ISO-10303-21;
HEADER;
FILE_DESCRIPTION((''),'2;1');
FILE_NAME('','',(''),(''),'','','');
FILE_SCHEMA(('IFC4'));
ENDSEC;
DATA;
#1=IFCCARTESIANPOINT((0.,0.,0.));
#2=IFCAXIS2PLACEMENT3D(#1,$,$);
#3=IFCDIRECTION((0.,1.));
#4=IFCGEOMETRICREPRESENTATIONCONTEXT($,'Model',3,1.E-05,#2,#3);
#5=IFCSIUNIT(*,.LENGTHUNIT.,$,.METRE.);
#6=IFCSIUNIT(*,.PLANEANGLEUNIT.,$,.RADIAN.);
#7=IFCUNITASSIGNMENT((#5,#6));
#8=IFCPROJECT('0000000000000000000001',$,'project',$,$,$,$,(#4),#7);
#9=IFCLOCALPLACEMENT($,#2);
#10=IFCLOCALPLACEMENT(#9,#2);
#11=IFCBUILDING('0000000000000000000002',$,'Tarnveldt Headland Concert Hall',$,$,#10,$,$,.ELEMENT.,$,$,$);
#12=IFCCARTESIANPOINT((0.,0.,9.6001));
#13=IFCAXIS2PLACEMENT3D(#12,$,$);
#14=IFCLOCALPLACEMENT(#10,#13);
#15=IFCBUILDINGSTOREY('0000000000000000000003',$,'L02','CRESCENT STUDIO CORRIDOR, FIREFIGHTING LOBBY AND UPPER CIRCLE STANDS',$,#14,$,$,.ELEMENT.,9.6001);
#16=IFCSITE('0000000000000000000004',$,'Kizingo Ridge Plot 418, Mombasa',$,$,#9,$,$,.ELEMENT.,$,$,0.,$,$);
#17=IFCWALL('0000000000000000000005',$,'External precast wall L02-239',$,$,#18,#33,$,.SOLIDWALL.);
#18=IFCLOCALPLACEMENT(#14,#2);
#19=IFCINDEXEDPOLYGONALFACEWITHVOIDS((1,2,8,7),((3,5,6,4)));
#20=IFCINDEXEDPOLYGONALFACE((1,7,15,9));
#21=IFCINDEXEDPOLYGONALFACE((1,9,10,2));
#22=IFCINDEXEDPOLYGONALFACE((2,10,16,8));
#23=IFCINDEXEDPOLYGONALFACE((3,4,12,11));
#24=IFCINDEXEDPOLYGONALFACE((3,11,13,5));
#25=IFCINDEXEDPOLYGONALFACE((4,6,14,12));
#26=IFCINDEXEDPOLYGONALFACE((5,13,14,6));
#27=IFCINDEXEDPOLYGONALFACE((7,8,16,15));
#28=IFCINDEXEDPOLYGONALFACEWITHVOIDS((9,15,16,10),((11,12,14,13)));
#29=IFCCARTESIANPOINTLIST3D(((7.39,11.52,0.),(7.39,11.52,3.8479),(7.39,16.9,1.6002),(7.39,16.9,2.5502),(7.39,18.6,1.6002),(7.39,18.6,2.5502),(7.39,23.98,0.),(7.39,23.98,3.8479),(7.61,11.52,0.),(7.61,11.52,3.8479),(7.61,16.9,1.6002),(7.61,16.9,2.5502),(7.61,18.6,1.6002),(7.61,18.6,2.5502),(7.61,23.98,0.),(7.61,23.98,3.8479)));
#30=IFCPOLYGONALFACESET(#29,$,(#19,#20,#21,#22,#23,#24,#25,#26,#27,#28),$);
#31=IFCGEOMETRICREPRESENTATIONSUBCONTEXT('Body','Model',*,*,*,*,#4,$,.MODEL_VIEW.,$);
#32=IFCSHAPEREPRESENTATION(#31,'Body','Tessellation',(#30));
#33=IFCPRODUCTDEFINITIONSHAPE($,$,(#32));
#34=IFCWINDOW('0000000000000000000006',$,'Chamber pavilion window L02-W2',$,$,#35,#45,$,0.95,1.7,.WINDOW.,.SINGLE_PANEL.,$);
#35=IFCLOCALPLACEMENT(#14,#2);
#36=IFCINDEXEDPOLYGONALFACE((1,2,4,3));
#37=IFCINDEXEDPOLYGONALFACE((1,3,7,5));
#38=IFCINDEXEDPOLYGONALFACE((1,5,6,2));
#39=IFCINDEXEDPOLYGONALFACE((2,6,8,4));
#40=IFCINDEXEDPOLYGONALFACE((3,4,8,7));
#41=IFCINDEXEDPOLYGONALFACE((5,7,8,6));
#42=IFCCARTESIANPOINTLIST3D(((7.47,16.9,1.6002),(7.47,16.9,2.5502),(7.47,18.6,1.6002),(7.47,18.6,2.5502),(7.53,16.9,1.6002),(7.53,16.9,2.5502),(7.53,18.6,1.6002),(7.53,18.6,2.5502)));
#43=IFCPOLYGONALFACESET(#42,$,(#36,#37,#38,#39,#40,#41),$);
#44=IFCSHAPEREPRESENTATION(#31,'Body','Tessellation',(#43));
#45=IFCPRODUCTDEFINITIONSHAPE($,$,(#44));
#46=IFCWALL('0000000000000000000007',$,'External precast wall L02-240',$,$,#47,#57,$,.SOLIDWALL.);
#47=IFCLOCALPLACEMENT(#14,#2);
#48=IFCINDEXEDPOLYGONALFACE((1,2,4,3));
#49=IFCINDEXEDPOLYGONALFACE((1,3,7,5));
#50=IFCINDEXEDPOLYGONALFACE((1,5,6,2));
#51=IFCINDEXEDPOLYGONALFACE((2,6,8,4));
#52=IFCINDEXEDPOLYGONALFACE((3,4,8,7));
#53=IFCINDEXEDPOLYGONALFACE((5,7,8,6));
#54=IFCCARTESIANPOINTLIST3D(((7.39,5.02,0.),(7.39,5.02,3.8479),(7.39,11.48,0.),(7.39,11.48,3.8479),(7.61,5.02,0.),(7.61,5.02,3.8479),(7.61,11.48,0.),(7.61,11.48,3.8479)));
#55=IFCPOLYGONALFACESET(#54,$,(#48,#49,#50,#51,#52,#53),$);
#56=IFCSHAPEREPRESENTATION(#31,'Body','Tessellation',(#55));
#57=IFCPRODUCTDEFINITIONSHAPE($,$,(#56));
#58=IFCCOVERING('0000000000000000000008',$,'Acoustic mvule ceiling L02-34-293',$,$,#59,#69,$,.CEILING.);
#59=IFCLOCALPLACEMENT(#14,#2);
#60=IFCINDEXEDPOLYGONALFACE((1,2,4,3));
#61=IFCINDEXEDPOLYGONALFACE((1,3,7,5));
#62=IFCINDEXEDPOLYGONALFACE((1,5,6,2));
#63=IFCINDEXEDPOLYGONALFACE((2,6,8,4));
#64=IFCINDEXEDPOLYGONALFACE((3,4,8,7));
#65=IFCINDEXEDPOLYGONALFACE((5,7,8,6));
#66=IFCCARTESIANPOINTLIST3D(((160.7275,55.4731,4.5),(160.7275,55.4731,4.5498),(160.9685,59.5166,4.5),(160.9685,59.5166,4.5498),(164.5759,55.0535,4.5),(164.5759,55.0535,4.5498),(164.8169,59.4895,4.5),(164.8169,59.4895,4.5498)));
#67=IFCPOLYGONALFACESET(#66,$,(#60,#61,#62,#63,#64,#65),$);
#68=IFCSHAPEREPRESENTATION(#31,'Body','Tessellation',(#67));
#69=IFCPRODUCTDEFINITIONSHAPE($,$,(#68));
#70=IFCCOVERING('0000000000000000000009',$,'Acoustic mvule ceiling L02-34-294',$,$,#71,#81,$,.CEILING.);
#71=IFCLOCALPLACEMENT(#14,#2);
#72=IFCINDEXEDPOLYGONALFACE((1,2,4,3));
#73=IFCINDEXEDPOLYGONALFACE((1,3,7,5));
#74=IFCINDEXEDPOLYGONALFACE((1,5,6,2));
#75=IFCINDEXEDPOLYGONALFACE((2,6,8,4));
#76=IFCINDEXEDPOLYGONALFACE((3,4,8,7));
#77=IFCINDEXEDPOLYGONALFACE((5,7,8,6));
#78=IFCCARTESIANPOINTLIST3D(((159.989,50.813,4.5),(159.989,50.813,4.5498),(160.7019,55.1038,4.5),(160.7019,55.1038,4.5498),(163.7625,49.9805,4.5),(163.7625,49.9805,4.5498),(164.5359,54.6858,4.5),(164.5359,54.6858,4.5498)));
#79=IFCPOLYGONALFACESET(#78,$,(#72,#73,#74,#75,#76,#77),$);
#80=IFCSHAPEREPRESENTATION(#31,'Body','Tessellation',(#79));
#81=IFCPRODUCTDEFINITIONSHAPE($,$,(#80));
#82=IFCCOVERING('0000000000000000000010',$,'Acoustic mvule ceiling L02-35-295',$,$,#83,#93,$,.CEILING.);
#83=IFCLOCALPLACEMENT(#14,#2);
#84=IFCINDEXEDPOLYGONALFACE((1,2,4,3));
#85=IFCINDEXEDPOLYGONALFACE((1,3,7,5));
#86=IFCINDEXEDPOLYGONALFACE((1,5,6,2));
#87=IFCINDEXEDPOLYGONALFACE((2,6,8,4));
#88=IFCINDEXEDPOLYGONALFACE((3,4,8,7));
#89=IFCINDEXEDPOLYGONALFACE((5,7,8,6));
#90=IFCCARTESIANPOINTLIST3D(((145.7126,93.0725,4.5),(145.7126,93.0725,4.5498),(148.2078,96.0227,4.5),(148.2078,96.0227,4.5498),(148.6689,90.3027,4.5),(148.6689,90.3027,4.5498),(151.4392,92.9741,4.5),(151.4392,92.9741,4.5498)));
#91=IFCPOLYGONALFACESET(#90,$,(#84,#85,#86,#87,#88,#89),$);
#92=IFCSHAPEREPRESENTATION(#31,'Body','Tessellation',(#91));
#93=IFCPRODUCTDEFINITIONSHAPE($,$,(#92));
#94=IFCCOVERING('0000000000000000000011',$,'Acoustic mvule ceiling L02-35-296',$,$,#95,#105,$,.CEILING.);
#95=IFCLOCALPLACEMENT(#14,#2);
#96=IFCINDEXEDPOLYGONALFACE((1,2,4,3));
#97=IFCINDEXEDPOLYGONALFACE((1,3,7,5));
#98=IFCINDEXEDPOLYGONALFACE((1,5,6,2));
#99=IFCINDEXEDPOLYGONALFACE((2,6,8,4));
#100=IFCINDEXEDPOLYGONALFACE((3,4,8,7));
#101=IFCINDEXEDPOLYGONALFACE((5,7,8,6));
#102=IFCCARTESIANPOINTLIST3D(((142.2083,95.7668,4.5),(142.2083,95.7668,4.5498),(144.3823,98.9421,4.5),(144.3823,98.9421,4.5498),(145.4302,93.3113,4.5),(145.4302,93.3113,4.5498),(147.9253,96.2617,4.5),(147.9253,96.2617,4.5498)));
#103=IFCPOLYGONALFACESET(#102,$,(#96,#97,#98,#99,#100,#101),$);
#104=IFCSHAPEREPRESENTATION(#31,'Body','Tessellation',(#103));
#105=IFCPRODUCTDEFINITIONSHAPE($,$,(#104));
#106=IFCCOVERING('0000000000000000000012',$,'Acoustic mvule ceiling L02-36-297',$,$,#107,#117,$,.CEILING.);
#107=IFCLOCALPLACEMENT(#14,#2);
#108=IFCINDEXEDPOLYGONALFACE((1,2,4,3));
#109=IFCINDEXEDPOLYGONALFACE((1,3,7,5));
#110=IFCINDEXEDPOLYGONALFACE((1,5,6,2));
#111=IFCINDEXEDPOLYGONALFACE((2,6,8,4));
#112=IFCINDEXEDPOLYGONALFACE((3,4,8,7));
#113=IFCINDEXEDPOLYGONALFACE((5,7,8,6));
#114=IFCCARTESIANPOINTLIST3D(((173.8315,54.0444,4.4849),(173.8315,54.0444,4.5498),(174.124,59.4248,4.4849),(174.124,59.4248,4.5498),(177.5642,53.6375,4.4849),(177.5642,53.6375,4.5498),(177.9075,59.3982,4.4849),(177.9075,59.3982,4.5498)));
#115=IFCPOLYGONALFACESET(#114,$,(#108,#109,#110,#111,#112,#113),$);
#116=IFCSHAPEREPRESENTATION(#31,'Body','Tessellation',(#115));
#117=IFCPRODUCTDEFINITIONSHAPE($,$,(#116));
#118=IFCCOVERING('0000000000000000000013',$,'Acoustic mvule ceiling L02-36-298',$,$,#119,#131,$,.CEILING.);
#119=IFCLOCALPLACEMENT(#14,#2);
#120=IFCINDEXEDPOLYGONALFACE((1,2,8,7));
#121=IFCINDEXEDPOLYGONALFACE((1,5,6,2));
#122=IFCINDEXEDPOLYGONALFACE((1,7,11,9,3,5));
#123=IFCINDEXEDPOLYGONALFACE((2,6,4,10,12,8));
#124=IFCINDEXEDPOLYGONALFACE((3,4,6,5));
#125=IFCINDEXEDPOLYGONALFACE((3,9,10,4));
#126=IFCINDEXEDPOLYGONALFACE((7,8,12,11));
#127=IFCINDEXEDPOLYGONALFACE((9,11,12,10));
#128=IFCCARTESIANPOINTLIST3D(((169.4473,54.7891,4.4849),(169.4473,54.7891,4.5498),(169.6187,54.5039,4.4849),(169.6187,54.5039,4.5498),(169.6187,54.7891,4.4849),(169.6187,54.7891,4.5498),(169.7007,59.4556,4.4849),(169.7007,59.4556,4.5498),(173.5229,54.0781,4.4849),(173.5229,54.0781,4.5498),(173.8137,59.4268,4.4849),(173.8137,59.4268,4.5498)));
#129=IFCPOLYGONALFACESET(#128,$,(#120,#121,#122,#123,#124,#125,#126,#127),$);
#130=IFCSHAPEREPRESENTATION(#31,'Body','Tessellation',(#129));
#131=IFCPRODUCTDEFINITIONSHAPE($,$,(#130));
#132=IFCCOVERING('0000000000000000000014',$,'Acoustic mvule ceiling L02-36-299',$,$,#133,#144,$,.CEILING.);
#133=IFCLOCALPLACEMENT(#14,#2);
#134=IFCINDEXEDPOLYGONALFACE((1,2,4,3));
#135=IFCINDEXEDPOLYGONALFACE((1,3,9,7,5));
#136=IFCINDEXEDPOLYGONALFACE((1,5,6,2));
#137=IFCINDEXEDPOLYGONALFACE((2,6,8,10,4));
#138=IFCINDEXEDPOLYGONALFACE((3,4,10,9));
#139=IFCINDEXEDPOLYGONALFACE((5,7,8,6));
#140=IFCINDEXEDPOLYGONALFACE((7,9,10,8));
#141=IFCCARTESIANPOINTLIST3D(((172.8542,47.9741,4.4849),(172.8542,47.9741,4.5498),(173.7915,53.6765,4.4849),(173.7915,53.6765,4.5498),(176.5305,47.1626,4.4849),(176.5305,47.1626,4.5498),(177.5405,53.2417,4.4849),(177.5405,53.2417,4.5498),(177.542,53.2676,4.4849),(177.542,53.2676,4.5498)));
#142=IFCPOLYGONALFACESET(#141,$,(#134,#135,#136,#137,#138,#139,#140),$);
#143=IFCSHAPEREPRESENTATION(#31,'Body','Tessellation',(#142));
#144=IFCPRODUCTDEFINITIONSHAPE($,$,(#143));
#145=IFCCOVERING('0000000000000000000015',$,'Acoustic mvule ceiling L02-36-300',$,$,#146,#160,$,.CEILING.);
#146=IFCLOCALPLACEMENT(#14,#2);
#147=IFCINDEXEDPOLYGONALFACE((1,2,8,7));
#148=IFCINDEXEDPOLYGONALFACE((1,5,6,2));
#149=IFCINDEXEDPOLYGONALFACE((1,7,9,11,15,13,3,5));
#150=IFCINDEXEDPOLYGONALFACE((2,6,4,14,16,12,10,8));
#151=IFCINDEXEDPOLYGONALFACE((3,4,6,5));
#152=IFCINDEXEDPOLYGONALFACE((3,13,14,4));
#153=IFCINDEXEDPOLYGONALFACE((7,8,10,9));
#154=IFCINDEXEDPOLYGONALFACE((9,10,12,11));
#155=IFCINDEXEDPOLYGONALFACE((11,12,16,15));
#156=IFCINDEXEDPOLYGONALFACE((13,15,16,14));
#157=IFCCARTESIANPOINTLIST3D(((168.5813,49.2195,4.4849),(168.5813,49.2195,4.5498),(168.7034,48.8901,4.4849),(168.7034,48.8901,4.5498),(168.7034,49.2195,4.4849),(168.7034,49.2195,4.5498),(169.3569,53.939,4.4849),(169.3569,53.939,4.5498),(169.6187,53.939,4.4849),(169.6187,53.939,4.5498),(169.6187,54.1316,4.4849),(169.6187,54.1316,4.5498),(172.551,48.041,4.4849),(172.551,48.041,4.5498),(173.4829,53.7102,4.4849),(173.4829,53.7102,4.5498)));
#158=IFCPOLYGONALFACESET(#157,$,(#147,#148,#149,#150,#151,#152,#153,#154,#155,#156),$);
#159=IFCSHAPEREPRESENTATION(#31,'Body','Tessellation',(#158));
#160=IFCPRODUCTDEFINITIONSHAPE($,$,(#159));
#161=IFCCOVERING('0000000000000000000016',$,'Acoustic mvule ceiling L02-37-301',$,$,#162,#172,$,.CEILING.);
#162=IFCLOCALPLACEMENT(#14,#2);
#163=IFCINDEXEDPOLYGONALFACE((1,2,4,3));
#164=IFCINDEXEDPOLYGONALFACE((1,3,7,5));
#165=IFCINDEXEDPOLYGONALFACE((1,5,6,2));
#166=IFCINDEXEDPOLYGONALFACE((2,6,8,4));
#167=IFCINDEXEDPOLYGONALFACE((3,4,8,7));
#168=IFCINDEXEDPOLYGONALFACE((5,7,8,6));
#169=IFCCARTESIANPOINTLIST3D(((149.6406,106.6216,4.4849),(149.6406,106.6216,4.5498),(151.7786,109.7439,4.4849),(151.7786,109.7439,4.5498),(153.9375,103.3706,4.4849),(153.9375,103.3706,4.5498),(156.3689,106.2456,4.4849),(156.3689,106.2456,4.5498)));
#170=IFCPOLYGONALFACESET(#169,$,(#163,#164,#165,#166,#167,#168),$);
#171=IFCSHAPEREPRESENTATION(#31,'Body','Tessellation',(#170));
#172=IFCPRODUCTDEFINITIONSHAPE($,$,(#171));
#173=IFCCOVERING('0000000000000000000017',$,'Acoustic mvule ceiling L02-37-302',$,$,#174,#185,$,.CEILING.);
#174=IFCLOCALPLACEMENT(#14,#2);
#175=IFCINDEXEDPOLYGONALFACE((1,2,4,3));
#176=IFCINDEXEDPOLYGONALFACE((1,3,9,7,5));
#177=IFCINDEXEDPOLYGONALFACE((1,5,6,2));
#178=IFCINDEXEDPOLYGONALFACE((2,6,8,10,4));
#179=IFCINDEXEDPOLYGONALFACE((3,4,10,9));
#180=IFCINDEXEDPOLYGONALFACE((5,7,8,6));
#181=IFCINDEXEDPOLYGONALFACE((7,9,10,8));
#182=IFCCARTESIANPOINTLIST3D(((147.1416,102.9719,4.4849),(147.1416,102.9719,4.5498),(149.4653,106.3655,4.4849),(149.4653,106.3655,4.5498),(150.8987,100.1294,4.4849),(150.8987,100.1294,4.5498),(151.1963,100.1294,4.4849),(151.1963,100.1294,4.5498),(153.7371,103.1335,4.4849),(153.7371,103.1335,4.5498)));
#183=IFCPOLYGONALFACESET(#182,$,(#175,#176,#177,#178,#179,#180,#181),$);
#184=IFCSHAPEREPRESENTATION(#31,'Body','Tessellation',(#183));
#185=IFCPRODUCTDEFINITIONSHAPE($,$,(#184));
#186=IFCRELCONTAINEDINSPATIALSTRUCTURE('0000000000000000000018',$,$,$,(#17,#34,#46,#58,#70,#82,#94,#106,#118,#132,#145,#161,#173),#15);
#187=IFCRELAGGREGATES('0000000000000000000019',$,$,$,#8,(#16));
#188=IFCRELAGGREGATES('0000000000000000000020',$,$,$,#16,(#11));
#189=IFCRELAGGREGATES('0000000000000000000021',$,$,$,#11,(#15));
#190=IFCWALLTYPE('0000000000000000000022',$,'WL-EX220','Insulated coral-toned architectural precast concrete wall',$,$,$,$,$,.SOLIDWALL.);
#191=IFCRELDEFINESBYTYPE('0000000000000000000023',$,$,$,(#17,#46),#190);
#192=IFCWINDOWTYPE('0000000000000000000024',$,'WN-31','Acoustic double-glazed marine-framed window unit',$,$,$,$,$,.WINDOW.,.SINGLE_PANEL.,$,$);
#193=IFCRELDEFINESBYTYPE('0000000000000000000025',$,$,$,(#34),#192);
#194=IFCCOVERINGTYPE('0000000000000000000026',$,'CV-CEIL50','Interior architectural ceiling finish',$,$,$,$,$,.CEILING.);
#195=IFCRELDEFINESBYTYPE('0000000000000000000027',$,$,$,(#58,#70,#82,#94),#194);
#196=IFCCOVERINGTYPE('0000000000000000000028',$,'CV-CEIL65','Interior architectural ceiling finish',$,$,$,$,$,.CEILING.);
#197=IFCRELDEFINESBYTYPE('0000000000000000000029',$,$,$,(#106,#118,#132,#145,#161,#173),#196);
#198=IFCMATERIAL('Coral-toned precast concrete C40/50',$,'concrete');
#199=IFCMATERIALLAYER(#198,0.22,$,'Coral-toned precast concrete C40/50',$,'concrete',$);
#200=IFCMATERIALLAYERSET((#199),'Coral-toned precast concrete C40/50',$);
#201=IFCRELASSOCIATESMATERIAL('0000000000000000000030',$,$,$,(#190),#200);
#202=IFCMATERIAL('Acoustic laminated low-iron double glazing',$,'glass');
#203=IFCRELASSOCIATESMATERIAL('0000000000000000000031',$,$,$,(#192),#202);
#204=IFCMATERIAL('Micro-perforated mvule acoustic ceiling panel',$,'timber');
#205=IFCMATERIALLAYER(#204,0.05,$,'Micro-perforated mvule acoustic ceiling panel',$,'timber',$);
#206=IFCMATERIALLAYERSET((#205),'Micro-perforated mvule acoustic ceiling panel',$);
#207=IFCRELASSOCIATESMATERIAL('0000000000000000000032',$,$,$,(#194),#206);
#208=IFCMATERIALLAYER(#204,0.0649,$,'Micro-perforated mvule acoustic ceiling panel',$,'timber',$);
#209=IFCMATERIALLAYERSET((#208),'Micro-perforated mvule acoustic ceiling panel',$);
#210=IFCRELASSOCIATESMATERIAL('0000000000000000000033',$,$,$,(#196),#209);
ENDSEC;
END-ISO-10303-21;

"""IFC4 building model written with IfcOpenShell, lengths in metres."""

from ifc_helpers import new_model, si_unit, direction, frame, frame_2d, origin, place, context, subcontext, project, spatial, polyline, rectangle, outline, extrude, material, layer, layer_set, type_object, element, fill, save


model = new_model("IFC4")

# Units and contexts
model_context = context("Model", 3, precision=1e-05, world=origin(), true_north=direction((0.0, 1.0)))
body_context = subcontext(model_context, "Body", "Model", "MODEL_VIEW")
ifc_project = project(units=[si_unit("LENGTHUNIT", "METRE"), si_unit("PLANEANGLEUNIT", "RADIAN")], contexts=[model_context])

# Site, building, storey
site_placement = place(None, origin())
site = spatial("IfcSite", under=ifc_project, at=site_placement, Name="Kizingo Ridge Plot 418, Mombasa", CompositionType="ELEMENT", RefElevation=0.0)
building_placement = place(site_placement, origin())
building = spatial("IfcBuilding", under=site, at=building_placement, Name="Tarnveldt Headland Concert Hall", CompositionType="ELEMENT")
storey_placement = place(building_placement, frame((0.0, 0.0, 9.6001)))
storey = spatial("IfcBuildingStorey", under=building, at=storey_placement, Name="L02", Description="CRESCENT STUDIO CORRIDOR, FIREFIGHTING LOBBY AND UPPER CIRCLE STANDS", CompositionType="ELEMENT", Elevation=9.6001)

# Wall, opening, window
ifc_material_1 = material(Name="Coral-toned precast concrete C40/50", Category="concrete")
ifc_layer_1 = layer(ifc_material_1, 0.22, Name="Coral-toned precast concrete C40/50", Category="concrete")
ifc_layer_set_1 = layer_set([ifc_layer_1], Name="Coral-toned precast concrete C40/50")
wall_type = type_object("IfcWallType", Name="WL-EX220", Description="Insulated coral-toned architectural precast concrete wall", PredefinedType="SOLIDWALL", material=ifc_layer_set_1)
wall_1_placement = place(storey_placement, frame((7.5, 11.52, 0.0), z_axis=(0.0, 0.0, 1.0), x_axis=(0.0, 1.0, 0.0)))
wall_1 = element("IfcWall", 1, at=wall_1_placement, inside=storey, type_object=wall_type, Name="External precast wall L02-239", PredefinedType="SOLIDWALL", context=body_context, shape_type="SweptSolid", body=[
    extrude(rectangle(XDim=12.46, YDim=0.22, at=frame_2d((6.23, 0.0))), origin(), (0.0, 0.0, 1.0), 3.8479),
])
opening_placement = place(wall_1_placement, frame((5.3799, 0.0, 1.6001)))
opening = element("IfcOpeningElement", 2, at=opening_placement, cuts=wall_1, PredefinedType="OPENING", context=body_context, shape_type="SweptSolid", body=[
    extrude(rectangle(XDim=1.7, YDim=0.95, at=frame_2d((0.8501, 0.4751))), frame((0.0, 0.1199, 0.0), z_axis=(0.0, -1.0, 0.0), x_axis=(1.0, 0.0, 0.0)), (0.0, 0.0, 1.0), 0.24),
])
ifc_material_2 = material(Name="Acoustic laminated low-iron double glazing", Category="glass")
window_type = type_object("IfcWindowType", Name="WN-31", Description="Acoustic double-glazed marine-framed window unit", PartitioningType="SINGLE_PANEL", PredefinedType="WINDOW", material=ifc_material_2)
window_placement = place(opening_placement, origin())
window = element("IfcWindow", 3, at=window_placement, inside=storey, type_object=window_type, Name="Chamber pavilion window L02-W2", OverallHeight=0.95, OverallWidth=1.7, PartitioningType="SINGLE_PANEL", PredefinedType="WINDOW", context=body_context, shape_type="SweptSolid", body=[
    extrude(rectangle(XDim=1.7, YDim=0.95, at=frame_2d((0.8501, 0.4751))), frame((0.0, 0.03, 0.0), z_axis=(0.0, -1.0, 0.0), x_axis=(1.0, 0.0, 0.0)), (0.0, 0.0, 1.0), 0.0601),
])
fill(opening, window)

# Wall
wall_2_placement = place(storey_placement, frame((7.5, 5.02, 0.0), z_axis=(0.0, 0.0, 1.0), x_axis=(0.0, 1.0, 0.0)))
element("IfcWall", 4, at=wall_2_placement, inside=storey, type_object=wall_type, Name="External precast wall L02-240", PredefinedType="SOLIDWALL", context=body_context, shape_type="SweptSolid", body=[
    extrude(rectangle(XDim=6.46, YDim=0.22, at=frame_2d((3.23, 0.0))), origin(), (0.0, 0.0, 1.0), 3.8479),
])

# Coverings
ifc_material_3 = material(Name="Micro-perforated mvule acoustic ceiling panel", Category="timber")
ifc_layer_2 = layer(ifc_material_3, 0.05, Name="Micro-perforated mvule acoustic ceiling panel", Category="timber")
ifc_layer_set_2 = layer_set([ifc_layer_2], Name="Micro-perforated mvule acoustic ceiling panel")
covering_type_1 = type_object("IfcCoveringType", Name="CV-CEIL50", Description="Interior architectural ceiling finish", PredefinedType="CEILING", material=ifc_layer_set_2)
covering_1_placement = place(storey_placement, frame((0.0, 0.0, 4.5)))
element("IfcCovering", 5, at=covering_1_placement, inside=storey, type_object=covering_type_1, Name="Acoustic mvule ceiling L02-34-293", PredefinedType="CEILING", context=body_context, shape_type="SweptSolid", body=[
    extrude(outline(polyline([(164.5759, 55.0535), (160.7275, 55.4731), (160.9685, 59.5166), (164.8169, 59.4895), (164.5759, 55.0535)])), origin(), (0.0, 0.0, 1.0), 0.0498),
])
covering_2_placement = place(storey_placement, frame((0.0, 0.0, 4.5)))
element("IfcCovering", 6, at=covering_2_placement, inside=storey, type_object=covering_type_1, Name="Acoustic mvule ceiling L02-34-294", PredefinedType="CEILING", context=body_context, shape_type="SweptSolid", body=[
    extrude(outline(polyline([(160.7019, 55.1038), (164.5359, 54.6858), (163.7625, 49.9805), (159.989, 50.813), (160.7019, 55.1038)])), origin(), (0.0, 0.0, 1.0), 0.0498),
])
covering_3_placement = place(storey_placement, frame((0.0, 0.0, 4.5)))
element("IfcCovering", 7, at=covering_3_placement, inside=storey, type_object=covering_type_1, Name="Acoustic mvule ceiling L02-35-295", PredefinedType="CEILING", context=body_context, shape_type="SweptSolid", body=[
    extrude(outline(polyline([(145.7126, 93.0725), (148.2078, 96.0227), (151.4392, 92.9741), (148.6689, 90.3027), (145.7126, 93.0725)])), origin(), (0.0, 0.0, 1.0), 0.0498),
])
covering_4_placement = place(storey_placement, frame((0.0, 0.0, 4.5)))
element("IfcCovering", 8, at=covering_4_placement, inside=storey, type_object=covering_type_1, Name="Acoustic mvule ceiling L02-35-296", PredefinedType="CEILING", context=body_context, shape_type="SweptSolid", body=[
    extrude(outline(polyline([(147.9253, 96.2617), (145.4302, 93.3113), (142.2083, 95.7668), (144.3823, 98.9421), (147.9253, 96.2617)])), origin(), (0.0, 0.0, 1.0), 0.0498),
])
ifc_layer_3 = layer(ifc_material_3, 0.0649, Name="Micro-perforated mvule acoustic ceiling panel", Category="timber")
ifc_layer_set_3 = layer_set([ifc_layer_3], Name="Micro-perforated mvule acoustic ceiling panel")
covering_type_2 = type_object("IfcCoveringType", Name="CV-CEIL65", Description="Interior architectural ceiling finish", PredefinedType="CEILING", material=ifc_layer_set_3)
covering_5_placement = place(storey_placement, frame((0.0, 0.0, 4.4849)))
element("IfcCovering", 9, at=covering_5_placement, inside=storey, type_object=covering_type_2, Name="Acoustic mvule ceiling L02-36-297", PredefinedType="CEILING", context=body_context, shape_type="SweptSolid", body=[
    extrude(outline(polyline([(173.8315, 54.0444), (174.124, 59.4248), (177.9075, 59.3982), (177.5642, 53.6375), (173.8315, 54.0444)])), origin(), (0.0, 0.0, 1.0), 0.0649),
])
covering_6_placement = place(storey_placement, frame((0.0, 0.0, 4.4849)))
element("IfcCovering", 10, at=covering_6_placement, inside=storey, type_object=covering_type_2, Name="Acoustic mvule ceiling L02-36-298", PredefinedType="CEILING", context=body_context, shape_type="SweptSolid", body=[
    extrude(outline(polyline([(169.6187, 54.7891), (169.4473, 54.7891), (169.7007, 59.4556), (173.8137, 59.4268), (173.5229, 54.0781), (169.6187, 54.5039), (169.6187, 54.7891)])), origin(), (0.0, 0.0, 1.0), 0.0649),
])
covering_7_placement = place(storey_placement, frame((0.0, 0.0, 4.4849)))
element("IfcCovering", 11, at=covering_7_placement, inside=storey, type_object=covering_type_2, Name="Acoustic mvule ceiling L02-36-299", PredefinedType="CEILING", context=body_context, shape_type="SweptSolid", body=[
    extrude(outline(polyline([(173.7915, 53.6765), (177.542, 53.2676), (177.5405, 53.2417), (176.5305, 47.1626), (172.8542, 47.9741), (173.7915, 53.6765)])), origin(), (0.0, 0.0, 1.0), 0.0649),
])
covering_8_placement = place(storey_placement, frame((0.0, 0.0, 4.4849)))
element("IfcCovering", 12, at=covering_8_placement, inside=storey, type_object=covering_type_2, Name="Acoustic mvule ceiling L02-36-300", PredefinedType="CEILING", context=body_context, shape_type="SweptSolid", body=[
    extrude(outline(polyline([(168.5813, 49.2195), (169.3569, 53.939), (169.6187, 53.939), (169.6187, 54.1316), (173.4829, 53.7102), (172.551, 48.041), (168.7034, 48.8901), (168.7034, 49.2195), (168.5813, 49.2195)])), origin(), (0.0, 0.0, 1.0), 0.0649),
])
covering_9_placement = place(storey_placement, frame((0.0, 0.0, 4.4849)))
element("IfcCovering", 13, at=covering_9_placement, inside=storey, type_object=covering_type_2, Name="Acoustic mvule ceiling L02-37-301", PredefinedType="CEILING", context=body_context, shape_type="SweptSolid", body=[
    extrude(outline(polyline([(153.9375, 103.3706), (149.6406, 106.6216), (151.7786, 109.7439), (156.3689, 106.2456), (153.9375, 103.3706)])), origin(), (0.0, 0.0, 1.0), 0.0649),
])
covering_10_placement = place(storey_placement, frame((0.0, 0.0, 4.4849)))
element("IfcCovering", 14, at=covering_10_placement, inside=storey, type_object=covering_type_2, Name="Acoustic mvule ceiling L02-37-302", PredefinedType="CEILING", context=body_context, shape_type="SweptSolid", body=[
    extrude(outline(polyline([(150.8987, 100.1294), (147.1416, 102.9719), (149.4653, 106.3655), (153.7371, 103.1335), (151.1963, 100.1294), (150.8987, 100.1294)])), origin(), (0.0, 0.0, 1.0), 0.0649),
])

save(model, "model.ifc")
